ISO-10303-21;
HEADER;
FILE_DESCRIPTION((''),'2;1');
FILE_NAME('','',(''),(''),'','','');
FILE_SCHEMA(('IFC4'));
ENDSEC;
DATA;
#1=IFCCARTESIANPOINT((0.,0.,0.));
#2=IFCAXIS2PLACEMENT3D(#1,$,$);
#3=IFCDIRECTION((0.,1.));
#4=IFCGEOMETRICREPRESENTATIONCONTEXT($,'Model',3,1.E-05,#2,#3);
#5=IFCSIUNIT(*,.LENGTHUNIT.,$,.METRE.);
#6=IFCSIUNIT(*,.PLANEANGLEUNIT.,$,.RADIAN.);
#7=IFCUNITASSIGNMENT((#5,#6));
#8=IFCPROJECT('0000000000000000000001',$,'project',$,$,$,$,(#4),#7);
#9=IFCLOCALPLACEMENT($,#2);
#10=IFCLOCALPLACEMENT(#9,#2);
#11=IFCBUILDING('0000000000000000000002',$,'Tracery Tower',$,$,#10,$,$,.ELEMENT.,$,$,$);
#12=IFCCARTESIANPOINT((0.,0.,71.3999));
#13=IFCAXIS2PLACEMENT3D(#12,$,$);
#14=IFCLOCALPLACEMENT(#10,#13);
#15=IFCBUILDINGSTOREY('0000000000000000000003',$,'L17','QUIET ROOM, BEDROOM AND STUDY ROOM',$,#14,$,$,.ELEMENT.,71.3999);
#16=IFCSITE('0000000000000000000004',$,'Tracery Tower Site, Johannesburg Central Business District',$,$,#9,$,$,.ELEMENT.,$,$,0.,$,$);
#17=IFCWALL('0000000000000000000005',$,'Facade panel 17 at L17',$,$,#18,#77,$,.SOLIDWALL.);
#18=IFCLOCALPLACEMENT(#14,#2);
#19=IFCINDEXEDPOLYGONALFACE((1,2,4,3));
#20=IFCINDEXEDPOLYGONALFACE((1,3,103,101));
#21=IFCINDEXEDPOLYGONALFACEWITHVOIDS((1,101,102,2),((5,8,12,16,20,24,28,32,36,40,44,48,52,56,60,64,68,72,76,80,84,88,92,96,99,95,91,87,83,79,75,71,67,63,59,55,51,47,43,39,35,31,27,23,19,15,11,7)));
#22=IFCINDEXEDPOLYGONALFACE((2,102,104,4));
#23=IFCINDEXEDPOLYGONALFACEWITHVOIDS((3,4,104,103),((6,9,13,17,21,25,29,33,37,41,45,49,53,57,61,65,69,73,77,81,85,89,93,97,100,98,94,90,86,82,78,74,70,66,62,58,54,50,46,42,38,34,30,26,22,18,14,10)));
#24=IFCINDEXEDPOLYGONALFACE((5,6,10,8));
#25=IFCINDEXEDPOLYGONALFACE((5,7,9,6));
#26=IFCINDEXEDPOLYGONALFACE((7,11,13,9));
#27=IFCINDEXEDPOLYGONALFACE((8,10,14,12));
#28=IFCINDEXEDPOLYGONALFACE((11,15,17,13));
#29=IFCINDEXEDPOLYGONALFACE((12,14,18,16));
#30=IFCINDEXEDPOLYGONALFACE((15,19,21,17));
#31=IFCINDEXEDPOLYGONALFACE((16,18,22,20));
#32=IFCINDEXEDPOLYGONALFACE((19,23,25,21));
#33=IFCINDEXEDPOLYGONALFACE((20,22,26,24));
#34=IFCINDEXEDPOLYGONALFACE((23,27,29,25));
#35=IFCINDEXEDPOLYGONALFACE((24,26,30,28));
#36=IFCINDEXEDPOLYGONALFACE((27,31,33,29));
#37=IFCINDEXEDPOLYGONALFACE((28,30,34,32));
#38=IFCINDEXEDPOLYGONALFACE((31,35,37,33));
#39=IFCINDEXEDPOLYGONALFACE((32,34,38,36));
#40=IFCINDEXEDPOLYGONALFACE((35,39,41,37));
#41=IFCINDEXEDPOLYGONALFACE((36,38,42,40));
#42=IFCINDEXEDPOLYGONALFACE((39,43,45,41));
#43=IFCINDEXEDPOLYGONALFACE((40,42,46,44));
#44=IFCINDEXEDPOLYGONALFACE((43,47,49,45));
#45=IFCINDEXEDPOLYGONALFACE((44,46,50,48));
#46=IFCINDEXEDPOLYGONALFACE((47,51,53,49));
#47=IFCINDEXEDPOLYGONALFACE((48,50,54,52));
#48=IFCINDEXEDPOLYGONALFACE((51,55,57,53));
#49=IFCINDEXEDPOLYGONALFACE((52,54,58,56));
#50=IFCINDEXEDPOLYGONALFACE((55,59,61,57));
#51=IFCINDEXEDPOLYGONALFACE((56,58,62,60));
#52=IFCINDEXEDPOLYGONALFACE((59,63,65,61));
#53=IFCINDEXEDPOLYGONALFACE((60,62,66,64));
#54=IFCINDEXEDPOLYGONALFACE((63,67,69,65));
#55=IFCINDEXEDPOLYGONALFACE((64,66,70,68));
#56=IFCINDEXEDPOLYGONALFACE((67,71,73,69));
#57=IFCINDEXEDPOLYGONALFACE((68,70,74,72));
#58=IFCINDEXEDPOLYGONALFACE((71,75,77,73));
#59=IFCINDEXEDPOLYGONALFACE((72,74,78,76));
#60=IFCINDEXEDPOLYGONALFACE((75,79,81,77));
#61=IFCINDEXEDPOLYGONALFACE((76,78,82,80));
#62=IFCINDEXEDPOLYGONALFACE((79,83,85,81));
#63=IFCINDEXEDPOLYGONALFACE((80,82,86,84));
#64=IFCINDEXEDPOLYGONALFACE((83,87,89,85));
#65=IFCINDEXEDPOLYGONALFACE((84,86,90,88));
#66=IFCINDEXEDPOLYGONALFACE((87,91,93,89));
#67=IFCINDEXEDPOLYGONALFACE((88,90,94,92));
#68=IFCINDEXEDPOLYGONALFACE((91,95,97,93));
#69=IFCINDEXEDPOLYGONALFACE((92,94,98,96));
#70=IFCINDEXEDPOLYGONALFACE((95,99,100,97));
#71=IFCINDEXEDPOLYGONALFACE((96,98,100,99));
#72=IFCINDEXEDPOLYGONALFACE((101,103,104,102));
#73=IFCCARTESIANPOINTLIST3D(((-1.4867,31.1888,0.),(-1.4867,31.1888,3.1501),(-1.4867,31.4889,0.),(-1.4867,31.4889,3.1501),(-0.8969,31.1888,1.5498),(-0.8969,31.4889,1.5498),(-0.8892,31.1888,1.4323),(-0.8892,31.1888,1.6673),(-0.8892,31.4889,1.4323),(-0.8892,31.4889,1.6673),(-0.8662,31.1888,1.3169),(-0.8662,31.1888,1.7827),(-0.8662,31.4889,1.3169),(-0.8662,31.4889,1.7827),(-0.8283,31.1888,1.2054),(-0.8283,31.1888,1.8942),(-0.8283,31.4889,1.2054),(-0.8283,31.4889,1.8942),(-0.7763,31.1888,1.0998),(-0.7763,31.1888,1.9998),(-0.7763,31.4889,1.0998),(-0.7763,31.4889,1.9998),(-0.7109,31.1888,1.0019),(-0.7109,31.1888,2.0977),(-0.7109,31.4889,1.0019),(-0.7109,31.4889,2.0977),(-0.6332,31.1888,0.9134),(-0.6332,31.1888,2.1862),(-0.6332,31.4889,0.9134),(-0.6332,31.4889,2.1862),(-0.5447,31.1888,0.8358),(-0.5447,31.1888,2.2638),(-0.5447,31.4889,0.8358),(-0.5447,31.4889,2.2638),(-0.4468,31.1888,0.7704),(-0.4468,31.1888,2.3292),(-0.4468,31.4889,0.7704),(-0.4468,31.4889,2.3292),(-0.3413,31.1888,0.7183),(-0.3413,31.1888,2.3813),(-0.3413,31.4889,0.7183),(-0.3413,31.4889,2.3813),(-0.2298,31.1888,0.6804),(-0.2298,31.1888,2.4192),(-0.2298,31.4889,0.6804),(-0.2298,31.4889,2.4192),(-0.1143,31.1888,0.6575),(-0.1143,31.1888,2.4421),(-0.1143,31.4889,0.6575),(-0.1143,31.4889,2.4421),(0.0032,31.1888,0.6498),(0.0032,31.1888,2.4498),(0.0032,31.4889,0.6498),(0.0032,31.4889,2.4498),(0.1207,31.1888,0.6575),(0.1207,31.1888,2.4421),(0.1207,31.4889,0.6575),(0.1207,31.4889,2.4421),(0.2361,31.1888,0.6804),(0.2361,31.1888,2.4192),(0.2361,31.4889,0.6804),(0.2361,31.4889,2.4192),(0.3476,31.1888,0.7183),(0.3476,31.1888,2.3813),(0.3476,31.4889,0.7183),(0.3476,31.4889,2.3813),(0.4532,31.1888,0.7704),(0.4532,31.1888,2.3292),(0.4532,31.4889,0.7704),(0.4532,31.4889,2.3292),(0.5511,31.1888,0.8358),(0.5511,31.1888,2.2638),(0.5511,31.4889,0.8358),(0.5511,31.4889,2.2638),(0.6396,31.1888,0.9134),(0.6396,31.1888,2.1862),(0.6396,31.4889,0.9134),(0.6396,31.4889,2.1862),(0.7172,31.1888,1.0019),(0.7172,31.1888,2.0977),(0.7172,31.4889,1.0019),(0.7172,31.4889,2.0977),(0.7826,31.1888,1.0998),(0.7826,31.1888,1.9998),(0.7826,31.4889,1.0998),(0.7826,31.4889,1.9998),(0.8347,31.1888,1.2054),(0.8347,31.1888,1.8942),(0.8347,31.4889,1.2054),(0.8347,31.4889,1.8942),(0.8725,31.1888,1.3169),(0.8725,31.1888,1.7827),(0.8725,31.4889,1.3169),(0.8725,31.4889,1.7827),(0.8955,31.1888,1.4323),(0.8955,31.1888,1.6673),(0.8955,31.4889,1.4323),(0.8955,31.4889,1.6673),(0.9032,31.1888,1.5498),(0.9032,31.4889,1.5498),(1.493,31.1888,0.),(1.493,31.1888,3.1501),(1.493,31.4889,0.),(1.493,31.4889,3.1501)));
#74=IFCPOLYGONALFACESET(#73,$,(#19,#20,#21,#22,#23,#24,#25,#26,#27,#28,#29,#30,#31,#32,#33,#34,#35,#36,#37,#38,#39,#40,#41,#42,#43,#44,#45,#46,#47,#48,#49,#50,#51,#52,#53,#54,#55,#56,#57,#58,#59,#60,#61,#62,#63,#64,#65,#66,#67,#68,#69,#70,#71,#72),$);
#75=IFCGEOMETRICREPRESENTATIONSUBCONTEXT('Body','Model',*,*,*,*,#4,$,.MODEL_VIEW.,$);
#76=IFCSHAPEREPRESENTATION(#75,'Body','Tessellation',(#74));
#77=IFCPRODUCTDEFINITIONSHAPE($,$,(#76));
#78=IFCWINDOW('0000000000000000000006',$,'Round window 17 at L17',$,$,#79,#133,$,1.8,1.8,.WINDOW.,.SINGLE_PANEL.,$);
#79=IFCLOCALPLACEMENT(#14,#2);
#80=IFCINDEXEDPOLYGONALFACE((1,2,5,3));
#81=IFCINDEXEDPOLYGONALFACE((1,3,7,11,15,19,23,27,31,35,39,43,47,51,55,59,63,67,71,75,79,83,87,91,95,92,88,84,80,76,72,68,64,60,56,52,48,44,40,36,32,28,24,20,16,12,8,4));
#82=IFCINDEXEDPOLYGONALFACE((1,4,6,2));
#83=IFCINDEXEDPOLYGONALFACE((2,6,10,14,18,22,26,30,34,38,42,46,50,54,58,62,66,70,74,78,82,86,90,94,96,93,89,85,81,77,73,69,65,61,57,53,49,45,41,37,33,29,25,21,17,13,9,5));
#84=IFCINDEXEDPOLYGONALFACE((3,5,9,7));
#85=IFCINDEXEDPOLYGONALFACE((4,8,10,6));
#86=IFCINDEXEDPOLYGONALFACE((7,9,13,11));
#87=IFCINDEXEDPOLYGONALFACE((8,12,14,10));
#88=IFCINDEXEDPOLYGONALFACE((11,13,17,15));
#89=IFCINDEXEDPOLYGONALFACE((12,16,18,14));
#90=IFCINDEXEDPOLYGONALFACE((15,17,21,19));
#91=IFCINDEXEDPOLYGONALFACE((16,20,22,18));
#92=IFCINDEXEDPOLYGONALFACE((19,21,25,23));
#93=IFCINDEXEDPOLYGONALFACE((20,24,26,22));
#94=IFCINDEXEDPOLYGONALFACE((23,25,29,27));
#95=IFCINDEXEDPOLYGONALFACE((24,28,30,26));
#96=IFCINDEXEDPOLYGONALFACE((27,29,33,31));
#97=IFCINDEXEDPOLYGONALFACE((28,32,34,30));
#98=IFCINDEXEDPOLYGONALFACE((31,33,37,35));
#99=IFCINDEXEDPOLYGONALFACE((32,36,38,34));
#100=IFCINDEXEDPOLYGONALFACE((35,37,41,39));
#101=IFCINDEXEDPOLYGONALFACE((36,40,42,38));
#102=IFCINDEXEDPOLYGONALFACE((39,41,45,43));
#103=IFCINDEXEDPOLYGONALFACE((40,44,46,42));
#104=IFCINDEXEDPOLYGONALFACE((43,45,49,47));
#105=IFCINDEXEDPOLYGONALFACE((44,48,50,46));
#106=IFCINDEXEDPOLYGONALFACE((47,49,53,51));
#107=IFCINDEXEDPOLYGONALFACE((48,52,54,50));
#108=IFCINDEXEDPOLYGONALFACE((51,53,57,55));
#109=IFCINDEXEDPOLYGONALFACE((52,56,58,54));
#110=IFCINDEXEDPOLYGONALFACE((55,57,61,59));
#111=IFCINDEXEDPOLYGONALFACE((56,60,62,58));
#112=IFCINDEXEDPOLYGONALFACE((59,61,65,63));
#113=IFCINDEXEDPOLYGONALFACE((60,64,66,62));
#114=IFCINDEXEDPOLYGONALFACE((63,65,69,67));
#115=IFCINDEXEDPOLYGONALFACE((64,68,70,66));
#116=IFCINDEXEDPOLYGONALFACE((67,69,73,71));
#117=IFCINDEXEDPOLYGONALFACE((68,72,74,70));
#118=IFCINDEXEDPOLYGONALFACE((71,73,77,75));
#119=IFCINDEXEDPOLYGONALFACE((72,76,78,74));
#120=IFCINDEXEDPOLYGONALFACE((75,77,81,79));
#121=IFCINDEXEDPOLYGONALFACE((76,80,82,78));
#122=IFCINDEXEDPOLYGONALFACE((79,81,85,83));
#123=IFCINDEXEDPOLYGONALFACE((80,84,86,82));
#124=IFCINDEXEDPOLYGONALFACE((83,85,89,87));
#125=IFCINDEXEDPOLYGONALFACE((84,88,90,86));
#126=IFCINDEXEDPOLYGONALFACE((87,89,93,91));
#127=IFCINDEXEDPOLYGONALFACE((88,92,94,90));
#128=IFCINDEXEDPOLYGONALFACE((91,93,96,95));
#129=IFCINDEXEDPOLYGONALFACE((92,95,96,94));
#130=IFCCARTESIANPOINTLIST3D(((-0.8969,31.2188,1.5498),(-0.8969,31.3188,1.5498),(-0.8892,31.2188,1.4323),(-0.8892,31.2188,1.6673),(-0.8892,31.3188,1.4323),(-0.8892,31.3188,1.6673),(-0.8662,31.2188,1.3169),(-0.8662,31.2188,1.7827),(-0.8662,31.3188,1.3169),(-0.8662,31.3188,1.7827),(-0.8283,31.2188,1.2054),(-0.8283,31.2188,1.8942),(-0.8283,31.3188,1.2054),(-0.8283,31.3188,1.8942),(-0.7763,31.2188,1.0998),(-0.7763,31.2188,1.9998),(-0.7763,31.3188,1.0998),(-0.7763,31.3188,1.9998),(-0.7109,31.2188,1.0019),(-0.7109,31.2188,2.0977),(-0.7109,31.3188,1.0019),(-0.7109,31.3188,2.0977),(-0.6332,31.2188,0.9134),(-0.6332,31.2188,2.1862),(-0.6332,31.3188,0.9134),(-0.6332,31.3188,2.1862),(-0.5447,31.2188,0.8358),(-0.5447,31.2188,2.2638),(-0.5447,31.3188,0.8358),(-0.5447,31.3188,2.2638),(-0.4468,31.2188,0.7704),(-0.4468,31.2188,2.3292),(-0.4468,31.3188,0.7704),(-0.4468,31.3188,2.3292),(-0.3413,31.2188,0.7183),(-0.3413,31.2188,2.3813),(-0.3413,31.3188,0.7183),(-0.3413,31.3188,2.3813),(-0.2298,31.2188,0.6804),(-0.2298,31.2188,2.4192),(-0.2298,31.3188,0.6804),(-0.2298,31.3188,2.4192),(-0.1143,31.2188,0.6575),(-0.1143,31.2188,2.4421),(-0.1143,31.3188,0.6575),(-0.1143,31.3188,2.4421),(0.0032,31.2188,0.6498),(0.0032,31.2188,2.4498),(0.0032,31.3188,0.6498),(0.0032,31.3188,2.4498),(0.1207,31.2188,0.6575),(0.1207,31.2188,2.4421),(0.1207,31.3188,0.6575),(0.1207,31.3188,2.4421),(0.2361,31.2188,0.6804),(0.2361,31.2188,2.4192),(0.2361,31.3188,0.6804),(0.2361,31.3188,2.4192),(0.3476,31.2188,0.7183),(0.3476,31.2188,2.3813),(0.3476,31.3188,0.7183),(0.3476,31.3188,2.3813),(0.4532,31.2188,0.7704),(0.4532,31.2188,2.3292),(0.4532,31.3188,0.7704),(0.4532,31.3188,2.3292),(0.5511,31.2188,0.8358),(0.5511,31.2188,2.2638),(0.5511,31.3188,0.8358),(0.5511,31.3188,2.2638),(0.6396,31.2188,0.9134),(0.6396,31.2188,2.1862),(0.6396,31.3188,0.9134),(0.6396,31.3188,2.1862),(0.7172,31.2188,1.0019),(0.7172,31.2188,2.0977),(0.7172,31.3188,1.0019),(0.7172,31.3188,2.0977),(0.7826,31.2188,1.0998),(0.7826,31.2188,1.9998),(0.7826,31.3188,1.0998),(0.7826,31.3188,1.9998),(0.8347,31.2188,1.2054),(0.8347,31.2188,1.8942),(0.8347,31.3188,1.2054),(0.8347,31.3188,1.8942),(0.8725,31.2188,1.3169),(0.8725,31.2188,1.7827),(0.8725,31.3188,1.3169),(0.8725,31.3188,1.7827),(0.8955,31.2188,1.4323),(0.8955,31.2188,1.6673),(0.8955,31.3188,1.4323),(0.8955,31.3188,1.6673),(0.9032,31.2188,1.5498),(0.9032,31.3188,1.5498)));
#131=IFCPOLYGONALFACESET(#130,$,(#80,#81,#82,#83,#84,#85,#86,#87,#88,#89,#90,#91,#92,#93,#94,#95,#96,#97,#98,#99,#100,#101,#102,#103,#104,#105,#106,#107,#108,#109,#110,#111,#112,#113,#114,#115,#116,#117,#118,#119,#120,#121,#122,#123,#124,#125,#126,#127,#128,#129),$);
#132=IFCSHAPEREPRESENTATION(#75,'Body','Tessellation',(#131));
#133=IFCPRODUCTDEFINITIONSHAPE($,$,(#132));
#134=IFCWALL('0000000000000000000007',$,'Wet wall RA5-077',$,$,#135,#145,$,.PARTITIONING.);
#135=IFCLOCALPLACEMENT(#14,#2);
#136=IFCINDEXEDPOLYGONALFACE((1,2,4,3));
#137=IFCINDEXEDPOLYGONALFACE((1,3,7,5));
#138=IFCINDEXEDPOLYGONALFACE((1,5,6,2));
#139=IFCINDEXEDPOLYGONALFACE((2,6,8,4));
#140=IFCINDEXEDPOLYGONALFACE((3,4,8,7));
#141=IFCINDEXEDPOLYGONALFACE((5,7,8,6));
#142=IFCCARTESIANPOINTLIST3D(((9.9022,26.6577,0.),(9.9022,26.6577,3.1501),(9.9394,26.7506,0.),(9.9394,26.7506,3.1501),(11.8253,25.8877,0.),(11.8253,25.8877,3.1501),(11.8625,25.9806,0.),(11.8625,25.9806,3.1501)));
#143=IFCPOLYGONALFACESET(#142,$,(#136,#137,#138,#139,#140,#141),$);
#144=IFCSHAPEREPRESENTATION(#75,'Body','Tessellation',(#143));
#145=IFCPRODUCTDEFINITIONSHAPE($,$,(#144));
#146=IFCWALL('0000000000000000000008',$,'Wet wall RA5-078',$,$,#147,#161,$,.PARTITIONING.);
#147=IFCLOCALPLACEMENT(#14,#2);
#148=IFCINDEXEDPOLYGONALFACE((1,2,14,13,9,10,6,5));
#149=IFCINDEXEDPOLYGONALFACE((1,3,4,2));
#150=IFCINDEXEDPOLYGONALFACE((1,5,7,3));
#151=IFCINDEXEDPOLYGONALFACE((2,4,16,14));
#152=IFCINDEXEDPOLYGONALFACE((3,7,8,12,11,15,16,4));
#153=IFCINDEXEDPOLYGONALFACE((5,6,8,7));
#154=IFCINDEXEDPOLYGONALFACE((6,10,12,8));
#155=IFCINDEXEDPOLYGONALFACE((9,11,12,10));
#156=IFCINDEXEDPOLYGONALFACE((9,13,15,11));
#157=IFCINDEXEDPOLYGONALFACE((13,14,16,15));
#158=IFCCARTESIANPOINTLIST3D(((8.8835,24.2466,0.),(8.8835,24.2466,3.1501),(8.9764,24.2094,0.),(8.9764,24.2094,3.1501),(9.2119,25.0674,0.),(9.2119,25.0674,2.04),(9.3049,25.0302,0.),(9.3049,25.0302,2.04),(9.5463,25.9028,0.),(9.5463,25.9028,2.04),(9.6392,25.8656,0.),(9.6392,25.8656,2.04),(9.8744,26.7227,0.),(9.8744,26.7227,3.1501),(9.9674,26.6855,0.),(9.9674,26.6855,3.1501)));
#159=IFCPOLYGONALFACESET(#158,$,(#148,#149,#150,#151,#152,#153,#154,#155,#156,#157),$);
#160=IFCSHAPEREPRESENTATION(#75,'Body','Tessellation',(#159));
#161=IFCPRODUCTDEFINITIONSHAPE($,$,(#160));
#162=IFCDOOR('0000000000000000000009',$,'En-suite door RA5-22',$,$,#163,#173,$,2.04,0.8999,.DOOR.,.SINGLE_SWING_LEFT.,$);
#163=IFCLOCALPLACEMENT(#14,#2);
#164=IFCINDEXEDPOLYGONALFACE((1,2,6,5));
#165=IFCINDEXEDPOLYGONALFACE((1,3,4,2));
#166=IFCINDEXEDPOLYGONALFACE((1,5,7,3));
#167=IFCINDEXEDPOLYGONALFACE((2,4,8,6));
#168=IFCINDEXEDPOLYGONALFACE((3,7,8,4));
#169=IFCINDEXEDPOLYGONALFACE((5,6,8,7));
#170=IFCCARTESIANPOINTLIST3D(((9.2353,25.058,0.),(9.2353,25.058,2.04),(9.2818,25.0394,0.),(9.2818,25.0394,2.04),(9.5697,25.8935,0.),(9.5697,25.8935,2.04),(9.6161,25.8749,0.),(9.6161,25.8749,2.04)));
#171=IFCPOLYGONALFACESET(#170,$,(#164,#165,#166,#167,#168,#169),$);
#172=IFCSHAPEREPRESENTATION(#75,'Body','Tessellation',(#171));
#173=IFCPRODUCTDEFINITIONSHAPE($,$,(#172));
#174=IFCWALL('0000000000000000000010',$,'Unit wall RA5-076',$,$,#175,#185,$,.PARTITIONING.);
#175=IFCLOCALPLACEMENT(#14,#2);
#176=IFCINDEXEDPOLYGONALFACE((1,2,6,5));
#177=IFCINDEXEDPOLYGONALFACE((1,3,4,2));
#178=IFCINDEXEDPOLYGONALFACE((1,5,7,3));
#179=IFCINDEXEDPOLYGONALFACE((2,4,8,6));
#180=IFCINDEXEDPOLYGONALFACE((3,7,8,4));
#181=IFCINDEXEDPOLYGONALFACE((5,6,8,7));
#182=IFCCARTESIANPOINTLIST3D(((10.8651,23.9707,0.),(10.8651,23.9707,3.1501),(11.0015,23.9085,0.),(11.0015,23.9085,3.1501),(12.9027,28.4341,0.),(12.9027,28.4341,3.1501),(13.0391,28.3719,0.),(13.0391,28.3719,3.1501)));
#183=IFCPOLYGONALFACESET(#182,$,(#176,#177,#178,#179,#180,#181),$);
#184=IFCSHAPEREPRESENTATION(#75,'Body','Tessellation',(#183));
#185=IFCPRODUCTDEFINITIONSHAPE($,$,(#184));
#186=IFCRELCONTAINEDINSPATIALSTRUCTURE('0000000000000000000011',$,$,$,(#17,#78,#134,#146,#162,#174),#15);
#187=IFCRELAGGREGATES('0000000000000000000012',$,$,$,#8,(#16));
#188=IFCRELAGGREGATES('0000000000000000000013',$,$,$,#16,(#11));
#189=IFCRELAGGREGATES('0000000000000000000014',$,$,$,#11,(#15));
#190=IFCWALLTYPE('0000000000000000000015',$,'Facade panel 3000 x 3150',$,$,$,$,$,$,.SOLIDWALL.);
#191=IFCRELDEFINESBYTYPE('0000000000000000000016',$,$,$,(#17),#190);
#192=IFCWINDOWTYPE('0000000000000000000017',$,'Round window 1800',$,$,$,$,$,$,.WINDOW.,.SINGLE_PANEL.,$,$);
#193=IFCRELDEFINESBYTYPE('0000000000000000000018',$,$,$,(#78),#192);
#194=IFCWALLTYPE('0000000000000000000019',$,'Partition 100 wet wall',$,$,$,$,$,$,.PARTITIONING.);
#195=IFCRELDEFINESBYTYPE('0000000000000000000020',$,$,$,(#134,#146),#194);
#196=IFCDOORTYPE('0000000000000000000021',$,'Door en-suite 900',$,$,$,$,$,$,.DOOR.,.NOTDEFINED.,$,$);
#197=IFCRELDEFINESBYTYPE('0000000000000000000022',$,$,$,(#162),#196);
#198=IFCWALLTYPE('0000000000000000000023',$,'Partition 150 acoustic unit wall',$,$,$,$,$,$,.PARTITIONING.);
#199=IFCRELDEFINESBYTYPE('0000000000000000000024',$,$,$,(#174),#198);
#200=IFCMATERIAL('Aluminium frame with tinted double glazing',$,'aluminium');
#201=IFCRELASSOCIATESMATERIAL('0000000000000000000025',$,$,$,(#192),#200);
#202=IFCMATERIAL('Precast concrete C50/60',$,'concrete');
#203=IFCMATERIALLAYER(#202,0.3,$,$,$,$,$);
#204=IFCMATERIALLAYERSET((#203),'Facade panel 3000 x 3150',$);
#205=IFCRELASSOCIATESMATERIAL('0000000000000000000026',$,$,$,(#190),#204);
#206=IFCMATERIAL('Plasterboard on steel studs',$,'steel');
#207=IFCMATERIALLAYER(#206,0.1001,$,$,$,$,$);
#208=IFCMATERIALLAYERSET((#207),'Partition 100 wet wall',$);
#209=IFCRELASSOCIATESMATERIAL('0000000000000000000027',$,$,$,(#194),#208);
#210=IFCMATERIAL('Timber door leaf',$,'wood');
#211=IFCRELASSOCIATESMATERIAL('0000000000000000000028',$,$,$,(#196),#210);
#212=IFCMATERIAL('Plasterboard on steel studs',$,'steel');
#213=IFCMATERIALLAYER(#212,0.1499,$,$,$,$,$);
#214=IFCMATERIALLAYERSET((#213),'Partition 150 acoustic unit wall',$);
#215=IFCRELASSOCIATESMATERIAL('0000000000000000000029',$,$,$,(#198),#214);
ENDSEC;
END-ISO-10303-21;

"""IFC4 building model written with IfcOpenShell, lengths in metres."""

from ifc_helpers import new_model, si_unit, direction, frame, frame_2d, origin, origin_2d, place, context, subcontext, project, spatial, rectangle, circle, extrude, material, layer, layer_set, type_object, element, fill, save


model = new_model("IFC4")

# Units and contexts
model_context = context("Model", 3, precision=1e-05, world=origin(), true_north=direction((0.0, 1.0)))
body_context = subcontext(model_context, "Body", "Model", "MODEL_VIEW")
ifc_project = project(units=[si_unit("LENGTHUNIT", "METRE"), si_unit("PLANEANGLEUNIT", "RADIAN")], contexts=[model_context])

# Site, building, storey
site_placement = place(None, origin())
site = spatial("IfcSite", under=ifc_project, at=site_placement, Name="Tracery Tower Site, Johannesburg Central Business District", CompositionType="ELEMENT", RefElevation=0.0)
building_placement = place(site_placement, origin())
building = spatial("IfcBuilding", under=site, at=building_placement, Name="Tracery Tower", CompositionType="ELEMENT")
storey_placement = place(building_placement, frame((0.0, 0.0, 71.3999)))
storey = spatial("IfcBuildingStorey", under=building, at=storey_placement, Name="L17", Description="QUIET ROOM, BEDROOM AND STUDY ROOM", CompositionType="ELEMENT", Elevation=71.3999)

# Wall, opening, window
ifc_material_1 = material(Name="Aluminium frame with tinted double glazing", Category="aluminium")
window_type = type_object("IfcWindowType", Name="Round window 1800", PartitioningType="SINGLE_PANEL", PredefinedType="WINDOW", material=ifc_material_1)
ifc_material_2 = material(Name="Precast concrete C50/60", Category="concrete")
ifc_layer_1 = layer(ifc_material_2, 0.3)
ifc_layer_set_1 = layer_set([ifc_layer_1], Name="Facade panel 3000 x 3150")
wall_type_1 = type_object("IfcWallType", Name="Facade panel 3000 x 3150", PredefinedType="SOLIDWALL", material=ifc_layer_set_1)
wall_1_placement = place(storey_placement, frame((1.4929, 31.3389, 0.0), z_axis=(0.0, 0.0, 1.0), x_axis=(-1.0, 0.0, 0.0)))
wall_1 = element("IfcWall", 1, at=wall_1_placement, inside=storey, type_object=wall_type_1, Name="Facade panel 17 at L17", PredefinedType="SOLIDWALL", context=body_context, shape_type="SweptSolid", body=[
    extrude(rectangle(XDim=2.9797, YDim=0.3, at=frame_2d((1.4897, 0.0))), origin(), (0.0, 0.0, 1.0), 3.1501),
])
opening_1_placement = place(wall_1_placement, frame((1.4897, 0.0, 1.5498)))
opening_1 = element("IfcOpeningElement", 2, at=opening_1_placement, cuts=wall_1, PredefinedType="OPENING", context=body_context, shape_type="SweptSolid", body=[
    extrude(circle(Radius=0.9, at=origin_2d()), frame((0.0, 0.1599, 0.0), z_axis=(0.0, -1.0, 0.0), x_axis=(1.0, 0.0, 0.0)), (0.0, 0.0, 1.0), 0.3201),
])
window_1_placement = place(opening_1_placement, origin())
window_1 = element("IfcWindow", 3, at=window_1_placement, inside=storey, type_object=window_type, Name="Round window 17 at L17", OverallHeight=1.8, OverallWidth=1.8, PartitioningType="SINGLE_PANEL", PredefinedType="WINDOW", context=body_context, shape_type="SweptSolid", body=[
    extrude(circle(Radius=0.9, at=origin_2d()), frame((0.0, 0.1201, 0.0), z_axis=(0.0, -1.0, 0.0), x_axis=(1.0, 0.0, 0.0)), (0.0, 0.0, 1.0), 0.1001),
])
fill(opening_1, window_1)

# Wall
ifc_material_3 = material(Name="Plasterboard on steel studs", Category="steel")
ifc_layer_2 = layer(ifc_material_3, 0.1001)
ifc_layer_set_2 = layer_set([ifc_layer_2], Name="Partition 100 wet wall")
wall_type_2 = type_object("IfcWallType", Name="Partition 100 wet wall", PredefinedType="PARTITIONING", material=ifc_layer_set_2)
wall_2_placement = place(storey_placement, frame((9.9209, 26.7041, 0.0), z_axis=(0.0, 0.0, 1.0), x_axis=(0.928347, -0.371716, 0.0)))
element("IfcWall", 4, at=wall_2_placement, inside=storey, type_object=wall_type_2, Name="Wet wall RA5-077", PredefinedType="PARTITIONING", context=body_context, shape_type="SweptSolid", body=[
    extrude(rectangle(XDim=2.0715, YDim=0.1001, at=frame_2d((1.0356, 0.0))), origin(), (0.0, 0.0, 1.0), 3.1501),
])

# Wall, opening, door
wall_3_placement = place(storey_placement, frame((8.9299, 24.228, 0.0), z_axis=(0.0, 0.0, 1.0), x_axis=(0.371564, 0.928407, 0.0)))
wall_3 = element("IfcWall", 5, at=wall_3_placement, inside=storey, type_object=wall_type_2, Name="Wet wall RA5-078", PredefinedType="PARTITIONING", context=body_context, shape_type="SweptSolid", body=[
    extrude(rectangle(XDim=2.667, YDim=0.1001, at=frame_2d((1.3335, 0.0))), origin(), (0.0, 0.0, 1.0), 3.1501),
])
opening_2_placement = place(wall_3_placement, frame((0.884, 0.0, 0.0)))
opening_2 = element("IfcOpeningElement", 6, at=opening_2_placement, cuts=wall_3, PredefinedType="OPENING", context=body_context, shape_type="SweptSolid", body=[
    extrude(rectangle(XDim=0.8999, YDim=2.04, at=frame_2d((0.45, 1.02))), frame((0.0, 0.05, 0.0), z_axis=(0.0, -1.0, 0.0), x_axis=(1.0, 0.0, 0.0)), (0.0, 0.0, 1.0), 0.1001),
])
ifc_material_4 = material(Name="Timber door leaf", Category="wood")
door_type_1 = type_object("IfcDoorType", Name="Door en-suite 900", OperationType="NOTDEFINED", PredefinedType="DOOR", material=ifc_material_4)
door_1_placement = place(opening_2_placement, origin())
door_1 = element("IfcDoor", 7, at=door_1_placement, inside=storey, type_object=door_type_1, Name="En-suite door RA5-22", OperationType="SINGLE_SWING_LEFT", OverallHeight=2.04, OverallWidth=0.8999, PredefinedType="DOOR", context=body_context, shape_type="SweptSolid", body=[
    extrude(rectangle(XDim=0.8999, YDim=2.04, at=frame_2d((0.45, 1.02))), frame((0.0, 0.0249, 0.0), z_axis=(0.0, -1.0, 0.0), x_axis=(1.0, 0.0, 0.0)), (0.0, 0.0, 1.0), 0.05),
])
fill(opening_2, door_1)

# Wall
ifc_material_5 = material(Name="Plasterboard on steel studs", Category="steel")
ifc_layer_3 = layer(ifc_material_5, 0.1499)
ifc_layer_set_3 = layer_set([ifc_layer_3], Name="Partition 150 acoustic unit wall")
wall_type_3 = type_object("IfcWallType", Name="Partition 150 acoustic unit wall", PredefinedType="PARTITIONING", material=ifc_layer_set_3)
wall_4_placement = place(storey_placement, frame((10.9333, 23.9397, 0.0), z_axis=(0.0, 0.0, 1.0), x_axis=(0.415287, 0.90969, 0.0)))
element("IfcWall", 8, at=wall_4_placement, inside=storey, type_object=wall_type_3, Name="Unit wall RA5-076", PredefinedType="PARTITIONING", context=body_context, shape_type="SweptSolid", body=[
    extrude(rectangle(XDim=4.9065, YDim=0.1499, at=frame_2d((2.4531, 0.0))), origin(), (0.0, 0.0, 1.0), 3.1501),
])

save(model, "model.ifc")
